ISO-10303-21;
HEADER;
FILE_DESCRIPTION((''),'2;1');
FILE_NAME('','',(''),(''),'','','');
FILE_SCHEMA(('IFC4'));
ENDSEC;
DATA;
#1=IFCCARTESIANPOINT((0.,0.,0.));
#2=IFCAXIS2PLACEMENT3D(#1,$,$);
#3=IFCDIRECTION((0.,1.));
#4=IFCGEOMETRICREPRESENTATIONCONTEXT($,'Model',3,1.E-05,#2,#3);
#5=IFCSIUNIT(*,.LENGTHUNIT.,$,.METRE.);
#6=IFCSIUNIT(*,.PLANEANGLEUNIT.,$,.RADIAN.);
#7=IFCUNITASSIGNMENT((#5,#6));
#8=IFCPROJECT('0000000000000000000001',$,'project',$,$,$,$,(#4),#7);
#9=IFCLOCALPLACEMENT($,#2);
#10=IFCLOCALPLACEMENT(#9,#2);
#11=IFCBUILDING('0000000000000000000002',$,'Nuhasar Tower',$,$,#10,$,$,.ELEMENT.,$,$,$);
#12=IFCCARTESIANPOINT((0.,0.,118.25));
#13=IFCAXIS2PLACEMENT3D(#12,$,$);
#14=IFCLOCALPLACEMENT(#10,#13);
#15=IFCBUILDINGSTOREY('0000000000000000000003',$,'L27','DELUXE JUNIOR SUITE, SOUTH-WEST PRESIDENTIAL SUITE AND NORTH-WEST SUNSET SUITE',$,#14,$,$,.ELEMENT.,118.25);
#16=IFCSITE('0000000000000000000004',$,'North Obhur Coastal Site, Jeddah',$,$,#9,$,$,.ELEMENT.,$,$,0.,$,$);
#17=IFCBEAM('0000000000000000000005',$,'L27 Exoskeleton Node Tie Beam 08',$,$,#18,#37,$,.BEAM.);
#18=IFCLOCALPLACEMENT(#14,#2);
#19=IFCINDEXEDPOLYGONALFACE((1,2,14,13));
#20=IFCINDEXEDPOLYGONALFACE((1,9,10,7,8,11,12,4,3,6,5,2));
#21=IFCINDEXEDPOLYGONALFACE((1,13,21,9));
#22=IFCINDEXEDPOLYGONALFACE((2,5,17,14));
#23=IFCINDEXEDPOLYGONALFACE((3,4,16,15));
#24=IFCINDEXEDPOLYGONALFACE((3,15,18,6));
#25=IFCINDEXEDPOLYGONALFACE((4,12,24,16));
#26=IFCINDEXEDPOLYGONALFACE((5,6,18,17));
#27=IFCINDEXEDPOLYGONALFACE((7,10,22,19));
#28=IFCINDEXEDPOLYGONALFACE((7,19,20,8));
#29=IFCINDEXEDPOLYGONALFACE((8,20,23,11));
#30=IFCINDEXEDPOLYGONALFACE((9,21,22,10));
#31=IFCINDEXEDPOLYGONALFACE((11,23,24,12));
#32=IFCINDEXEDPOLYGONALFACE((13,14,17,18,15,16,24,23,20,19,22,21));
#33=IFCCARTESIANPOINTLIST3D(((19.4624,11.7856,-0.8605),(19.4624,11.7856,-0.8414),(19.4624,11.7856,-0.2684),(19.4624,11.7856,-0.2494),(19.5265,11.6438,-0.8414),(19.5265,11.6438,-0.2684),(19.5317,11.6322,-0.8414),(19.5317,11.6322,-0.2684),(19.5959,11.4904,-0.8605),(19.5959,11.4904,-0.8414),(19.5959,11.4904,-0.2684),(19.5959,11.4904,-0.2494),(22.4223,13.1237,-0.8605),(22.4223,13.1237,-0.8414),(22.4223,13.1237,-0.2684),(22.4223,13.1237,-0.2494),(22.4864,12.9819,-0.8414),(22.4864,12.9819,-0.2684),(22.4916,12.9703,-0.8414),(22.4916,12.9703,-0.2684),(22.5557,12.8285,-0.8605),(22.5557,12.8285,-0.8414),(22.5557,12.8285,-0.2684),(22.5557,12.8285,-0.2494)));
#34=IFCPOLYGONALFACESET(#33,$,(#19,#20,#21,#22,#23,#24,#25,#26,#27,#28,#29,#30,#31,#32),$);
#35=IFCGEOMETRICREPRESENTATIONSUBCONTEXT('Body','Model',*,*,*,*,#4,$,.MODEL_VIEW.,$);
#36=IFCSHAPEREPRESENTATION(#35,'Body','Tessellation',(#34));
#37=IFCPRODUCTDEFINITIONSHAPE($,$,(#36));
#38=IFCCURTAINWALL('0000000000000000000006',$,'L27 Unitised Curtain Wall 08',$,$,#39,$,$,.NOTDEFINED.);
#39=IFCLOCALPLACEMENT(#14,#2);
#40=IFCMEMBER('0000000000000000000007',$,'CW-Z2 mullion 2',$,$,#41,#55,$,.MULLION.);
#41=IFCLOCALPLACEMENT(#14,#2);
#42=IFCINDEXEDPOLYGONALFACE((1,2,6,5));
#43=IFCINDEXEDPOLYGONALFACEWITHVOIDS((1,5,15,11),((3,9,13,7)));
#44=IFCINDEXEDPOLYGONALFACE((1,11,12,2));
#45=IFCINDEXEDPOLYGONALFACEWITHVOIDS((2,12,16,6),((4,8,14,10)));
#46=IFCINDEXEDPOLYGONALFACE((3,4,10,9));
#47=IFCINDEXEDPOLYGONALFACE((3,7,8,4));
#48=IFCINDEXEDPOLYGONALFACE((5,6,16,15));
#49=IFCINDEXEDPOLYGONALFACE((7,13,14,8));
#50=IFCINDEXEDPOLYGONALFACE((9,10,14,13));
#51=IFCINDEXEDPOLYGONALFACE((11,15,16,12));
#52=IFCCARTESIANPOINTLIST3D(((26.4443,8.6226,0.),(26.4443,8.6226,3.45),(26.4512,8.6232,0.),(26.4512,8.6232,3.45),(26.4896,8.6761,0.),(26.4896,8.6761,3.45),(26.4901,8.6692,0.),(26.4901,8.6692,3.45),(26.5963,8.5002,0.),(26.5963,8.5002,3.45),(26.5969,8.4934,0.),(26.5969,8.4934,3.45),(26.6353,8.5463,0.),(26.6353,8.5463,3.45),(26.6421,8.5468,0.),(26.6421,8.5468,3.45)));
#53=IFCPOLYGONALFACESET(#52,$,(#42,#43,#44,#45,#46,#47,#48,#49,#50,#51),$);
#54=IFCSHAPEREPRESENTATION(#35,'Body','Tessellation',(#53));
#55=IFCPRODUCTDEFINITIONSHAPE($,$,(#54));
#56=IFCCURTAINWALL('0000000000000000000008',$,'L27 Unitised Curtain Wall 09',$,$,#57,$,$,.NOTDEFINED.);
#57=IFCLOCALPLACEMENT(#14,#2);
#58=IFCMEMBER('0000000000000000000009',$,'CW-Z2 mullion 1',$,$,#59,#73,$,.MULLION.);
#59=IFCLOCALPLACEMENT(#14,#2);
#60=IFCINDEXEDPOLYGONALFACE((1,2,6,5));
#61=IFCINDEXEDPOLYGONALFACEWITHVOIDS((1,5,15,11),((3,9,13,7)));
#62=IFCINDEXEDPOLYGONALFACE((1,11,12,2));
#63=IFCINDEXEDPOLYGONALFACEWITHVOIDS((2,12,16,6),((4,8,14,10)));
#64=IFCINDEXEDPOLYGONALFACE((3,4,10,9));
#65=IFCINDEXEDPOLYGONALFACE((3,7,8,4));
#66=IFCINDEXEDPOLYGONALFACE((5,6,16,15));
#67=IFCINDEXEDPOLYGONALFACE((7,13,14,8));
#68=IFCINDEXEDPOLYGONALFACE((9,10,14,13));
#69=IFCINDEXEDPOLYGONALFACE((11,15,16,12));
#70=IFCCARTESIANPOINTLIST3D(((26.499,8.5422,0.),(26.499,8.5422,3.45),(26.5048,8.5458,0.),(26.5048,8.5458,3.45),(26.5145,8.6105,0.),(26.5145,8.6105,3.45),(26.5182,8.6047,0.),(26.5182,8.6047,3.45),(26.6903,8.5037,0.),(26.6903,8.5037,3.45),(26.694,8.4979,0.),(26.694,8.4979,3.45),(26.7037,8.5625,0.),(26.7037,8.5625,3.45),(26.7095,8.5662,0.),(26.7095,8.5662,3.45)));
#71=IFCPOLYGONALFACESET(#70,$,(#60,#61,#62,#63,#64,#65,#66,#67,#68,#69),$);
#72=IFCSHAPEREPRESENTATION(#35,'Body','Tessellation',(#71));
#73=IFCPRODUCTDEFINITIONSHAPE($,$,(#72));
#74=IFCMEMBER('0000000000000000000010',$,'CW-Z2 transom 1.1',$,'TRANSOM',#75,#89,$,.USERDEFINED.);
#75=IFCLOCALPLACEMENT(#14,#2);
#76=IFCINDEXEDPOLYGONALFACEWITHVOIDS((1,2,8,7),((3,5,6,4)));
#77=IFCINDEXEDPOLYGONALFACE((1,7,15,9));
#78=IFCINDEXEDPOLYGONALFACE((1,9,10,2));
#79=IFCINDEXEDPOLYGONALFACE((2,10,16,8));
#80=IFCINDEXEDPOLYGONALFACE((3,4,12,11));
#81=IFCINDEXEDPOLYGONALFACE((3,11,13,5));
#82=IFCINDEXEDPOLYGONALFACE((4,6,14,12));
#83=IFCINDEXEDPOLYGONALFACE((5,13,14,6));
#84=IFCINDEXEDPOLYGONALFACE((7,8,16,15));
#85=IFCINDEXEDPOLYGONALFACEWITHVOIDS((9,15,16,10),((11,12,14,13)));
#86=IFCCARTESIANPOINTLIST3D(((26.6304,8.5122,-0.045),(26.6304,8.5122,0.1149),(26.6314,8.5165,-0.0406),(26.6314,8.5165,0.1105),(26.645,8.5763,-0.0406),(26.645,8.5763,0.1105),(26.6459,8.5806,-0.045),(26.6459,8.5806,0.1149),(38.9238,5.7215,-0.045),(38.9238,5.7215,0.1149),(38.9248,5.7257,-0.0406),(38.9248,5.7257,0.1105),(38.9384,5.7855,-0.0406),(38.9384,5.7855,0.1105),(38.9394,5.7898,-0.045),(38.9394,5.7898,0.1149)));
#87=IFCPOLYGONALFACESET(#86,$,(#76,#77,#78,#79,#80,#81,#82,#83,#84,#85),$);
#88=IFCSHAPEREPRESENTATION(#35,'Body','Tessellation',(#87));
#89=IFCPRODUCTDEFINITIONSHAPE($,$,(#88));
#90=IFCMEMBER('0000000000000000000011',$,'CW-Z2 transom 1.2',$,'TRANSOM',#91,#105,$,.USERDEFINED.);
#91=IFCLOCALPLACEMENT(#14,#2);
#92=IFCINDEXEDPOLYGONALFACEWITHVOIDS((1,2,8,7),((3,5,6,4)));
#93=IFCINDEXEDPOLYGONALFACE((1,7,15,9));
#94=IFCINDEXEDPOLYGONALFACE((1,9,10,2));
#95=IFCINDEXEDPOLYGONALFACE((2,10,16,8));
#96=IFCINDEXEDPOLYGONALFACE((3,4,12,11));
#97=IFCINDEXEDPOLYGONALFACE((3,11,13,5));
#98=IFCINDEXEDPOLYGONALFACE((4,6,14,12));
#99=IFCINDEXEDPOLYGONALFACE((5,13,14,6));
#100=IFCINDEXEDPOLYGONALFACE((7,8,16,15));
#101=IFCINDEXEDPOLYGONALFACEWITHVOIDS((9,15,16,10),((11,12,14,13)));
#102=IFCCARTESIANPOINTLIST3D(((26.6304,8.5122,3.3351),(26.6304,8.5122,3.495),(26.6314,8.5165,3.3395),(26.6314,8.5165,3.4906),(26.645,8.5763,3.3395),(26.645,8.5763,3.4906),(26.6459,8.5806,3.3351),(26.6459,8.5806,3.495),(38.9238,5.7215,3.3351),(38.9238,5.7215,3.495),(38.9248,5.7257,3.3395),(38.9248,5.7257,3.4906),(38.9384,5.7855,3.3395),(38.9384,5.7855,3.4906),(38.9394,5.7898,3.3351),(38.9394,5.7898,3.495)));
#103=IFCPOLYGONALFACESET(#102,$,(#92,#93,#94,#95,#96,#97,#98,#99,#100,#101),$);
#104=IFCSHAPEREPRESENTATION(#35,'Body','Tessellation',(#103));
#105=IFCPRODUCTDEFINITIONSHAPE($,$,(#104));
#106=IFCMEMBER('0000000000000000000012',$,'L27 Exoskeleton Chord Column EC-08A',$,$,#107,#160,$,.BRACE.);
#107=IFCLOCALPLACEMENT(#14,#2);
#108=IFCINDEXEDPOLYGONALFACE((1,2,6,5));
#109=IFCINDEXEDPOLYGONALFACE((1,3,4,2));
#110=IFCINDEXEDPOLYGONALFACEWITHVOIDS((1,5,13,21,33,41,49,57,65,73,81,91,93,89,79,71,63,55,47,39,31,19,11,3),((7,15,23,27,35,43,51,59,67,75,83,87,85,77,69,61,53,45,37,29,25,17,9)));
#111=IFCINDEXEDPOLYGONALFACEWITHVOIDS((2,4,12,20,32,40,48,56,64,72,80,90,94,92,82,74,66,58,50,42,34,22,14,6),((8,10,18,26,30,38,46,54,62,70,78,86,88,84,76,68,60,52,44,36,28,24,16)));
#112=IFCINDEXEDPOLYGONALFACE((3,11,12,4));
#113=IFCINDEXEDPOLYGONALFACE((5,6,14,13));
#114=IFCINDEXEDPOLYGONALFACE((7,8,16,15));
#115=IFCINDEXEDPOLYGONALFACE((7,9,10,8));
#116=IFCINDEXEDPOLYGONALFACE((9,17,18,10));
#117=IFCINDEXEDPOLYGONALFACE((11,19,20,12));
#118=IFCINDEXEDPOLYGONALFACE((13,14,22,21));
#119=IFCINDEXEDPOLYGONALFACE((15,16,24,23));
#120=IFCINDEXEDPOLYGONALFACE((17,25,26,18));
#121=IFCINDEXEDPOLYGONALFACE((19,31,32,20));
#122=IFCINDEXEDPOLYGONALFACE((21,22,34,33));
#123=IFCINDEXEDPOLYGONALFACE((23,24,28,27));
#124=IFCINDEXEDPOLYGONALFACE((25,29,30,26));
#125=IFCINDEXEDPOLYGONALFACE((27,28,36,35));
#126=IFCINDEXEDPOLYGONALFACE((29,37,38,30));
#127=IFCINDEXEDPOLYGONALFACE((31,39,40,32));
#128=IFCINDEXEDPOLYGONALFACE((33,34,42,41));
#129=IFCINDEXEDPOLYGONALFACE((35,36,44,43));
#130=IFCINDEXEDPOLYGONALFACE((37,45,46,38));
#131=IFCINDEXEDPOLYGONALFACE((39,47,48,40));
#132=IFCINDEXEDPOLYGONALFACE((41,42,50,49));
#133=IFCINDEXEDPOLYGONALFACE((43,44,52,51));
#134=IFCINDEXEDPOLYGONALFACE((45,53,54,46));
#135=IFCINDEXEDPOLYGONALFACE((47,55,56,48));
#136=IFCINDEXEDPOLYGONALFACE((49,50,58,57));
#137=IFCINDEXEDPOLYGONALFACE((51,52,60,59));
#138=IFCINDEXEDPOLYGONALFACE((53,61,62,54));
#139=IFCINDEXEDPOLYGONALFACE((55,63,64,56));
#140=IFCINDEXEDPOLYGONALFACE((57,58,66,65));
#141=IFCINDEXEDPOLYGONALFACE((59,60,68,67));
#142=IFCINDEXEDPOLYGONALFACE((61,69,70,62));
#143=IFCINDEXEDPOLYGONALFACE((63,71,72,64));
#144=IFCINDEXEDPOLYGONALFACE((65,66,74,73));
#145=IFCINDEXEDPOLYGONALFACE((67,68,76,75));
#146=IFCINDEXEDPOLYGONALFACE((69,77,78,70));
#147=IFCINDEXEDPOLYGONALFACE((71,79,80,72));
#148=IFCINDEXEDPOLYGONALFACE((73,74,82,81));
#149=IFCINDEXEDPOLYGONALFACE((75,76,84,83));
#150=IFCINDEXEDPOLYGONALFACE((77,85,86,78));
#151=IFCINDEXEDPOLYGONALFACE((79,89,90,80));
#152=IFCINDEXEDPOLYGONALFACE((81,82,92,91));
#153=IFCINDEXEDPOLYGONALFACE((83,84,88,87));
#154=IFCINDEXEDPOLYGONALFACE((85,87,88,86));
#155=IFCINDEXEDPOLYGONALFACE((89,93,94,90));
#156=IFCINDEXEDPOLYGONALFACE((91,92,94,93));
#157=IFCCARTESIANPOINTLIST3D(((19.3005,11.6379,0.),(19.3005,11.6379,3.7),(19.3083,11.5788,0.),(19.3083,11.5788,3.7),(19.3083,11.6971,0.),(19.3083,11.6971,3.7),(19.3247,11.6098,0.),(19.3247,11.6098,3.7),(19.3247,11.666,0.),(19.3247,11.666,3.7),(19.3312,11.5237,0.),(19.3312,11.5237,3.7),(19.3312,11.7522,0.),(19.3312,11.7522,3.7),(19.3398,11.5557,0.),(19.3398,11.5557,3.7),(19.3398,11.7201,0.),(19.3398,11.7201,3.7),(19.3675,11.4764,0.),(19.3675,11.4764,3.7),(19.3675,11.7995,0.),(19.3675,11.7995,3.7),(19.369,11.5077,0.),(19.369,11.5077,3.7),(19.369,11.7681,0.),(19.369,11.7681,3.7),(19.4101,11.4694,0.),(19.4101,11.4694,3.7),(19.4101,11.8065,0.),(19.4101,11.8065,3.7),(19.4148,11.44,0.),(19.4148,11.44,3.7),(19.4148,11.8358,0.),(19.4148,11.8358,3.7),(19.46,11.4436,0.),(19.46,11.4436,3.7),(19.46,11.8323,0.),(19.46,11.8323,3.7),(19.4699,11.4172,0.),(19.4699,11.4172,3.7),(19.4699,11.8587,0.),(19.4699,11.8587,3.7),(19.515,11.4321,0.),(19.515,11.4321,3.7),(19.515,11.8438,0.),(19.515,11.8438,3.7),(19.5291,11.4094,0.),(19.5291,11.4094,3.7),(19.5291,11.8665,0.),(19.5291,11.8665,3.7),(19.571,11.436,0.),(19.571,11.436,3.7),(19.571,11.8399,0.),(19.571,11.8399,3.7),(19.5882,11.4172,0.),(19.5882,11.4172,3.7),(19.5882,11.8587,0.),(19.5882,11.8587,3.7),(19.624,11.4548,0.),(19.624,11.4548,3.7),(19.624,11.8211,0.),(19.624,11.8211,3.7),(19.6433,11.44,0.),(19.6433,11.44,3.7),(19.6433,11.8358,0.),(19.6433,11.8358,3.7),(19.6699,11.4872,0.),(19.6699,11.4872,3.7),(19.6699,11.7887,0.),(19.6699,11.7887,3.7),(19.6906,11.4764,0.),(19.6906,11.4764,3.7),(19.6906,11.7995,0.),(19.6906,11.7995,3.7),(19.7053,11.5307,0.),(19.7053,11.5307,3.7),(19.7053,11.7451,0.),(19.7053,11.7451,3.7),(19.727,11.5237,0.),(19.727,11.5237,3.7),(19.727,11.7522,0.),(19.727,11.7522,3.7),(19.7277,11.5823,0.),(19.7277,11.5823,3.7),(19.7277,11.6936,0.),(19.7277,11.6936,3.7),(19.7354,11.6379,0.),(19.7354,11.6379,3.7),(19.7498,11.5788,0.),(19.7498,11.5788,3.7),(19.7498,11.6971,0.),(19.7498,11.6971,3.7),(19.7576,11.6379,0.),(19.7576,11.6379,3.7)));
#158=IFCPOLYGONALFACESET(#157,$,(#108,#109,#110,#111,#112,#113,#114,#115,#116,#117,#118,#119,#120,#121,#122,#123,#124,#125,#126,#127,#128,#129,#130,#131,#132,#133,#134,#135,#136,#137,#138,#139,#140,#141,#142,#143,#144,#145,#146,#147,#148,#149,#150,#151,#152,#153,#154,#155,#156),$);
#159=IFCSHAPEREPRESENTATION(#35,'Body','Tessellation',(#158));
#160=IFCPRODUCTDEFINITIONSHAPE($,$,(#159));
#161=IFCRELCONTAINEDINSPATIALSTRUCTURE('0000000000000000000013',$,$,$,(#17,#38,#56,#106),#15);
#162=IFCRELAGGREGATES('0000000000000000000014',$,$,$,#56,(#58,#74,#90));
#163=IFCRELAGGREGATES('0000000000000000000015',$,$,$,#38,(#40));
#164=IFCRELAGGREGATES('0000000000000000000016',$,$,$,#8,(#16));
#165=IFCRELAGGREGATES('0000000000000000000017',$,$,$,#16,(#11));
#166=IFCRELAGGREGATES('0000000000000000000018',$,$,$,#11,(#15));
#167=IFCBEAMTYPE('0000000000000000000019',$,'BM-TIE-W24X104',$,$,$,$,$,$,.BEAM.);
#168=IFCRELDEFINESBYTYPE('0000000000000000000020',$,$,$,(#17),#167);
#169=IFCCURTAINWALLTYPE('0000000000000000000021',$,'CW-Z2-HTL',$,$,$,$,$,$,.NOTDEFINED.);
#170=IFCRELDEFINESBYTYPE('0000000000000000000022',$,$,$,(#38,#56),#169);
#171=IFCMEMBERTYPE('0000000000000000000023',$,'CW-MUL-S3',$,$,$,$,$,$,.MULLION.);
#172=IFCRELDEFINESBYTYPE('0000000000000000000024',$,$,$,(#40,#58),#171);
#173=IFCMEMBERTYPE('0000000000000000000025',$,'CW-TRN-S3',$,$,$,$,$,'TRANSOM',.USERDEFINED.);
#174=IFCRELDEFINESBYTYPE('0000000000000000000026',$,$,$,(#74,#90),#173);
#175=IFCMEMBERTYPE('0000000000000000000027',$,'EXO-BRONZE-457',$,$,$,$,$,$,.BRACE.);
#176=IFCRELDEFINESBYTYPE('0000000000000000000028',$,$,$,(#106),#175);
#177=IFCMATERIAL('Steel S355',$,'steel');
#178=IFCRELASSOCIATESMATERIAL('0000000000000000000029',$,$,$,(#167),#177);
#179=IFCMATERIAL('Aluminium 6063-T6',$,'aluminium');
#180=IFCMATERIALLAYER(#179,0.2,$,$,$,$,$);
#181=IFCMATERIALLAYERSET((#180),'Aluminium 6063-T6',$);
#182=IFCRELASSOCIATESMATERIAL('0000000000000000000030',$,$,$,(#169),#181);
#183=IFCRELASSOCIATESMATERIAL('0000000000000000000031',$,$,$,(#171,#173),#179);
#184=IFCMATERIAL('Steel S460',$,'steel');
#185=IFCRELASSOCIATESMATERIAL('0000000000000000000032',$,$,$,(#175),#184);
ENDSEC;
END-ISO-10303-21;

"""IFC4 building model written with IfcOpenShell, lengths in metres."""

from ifc_helpers import new_model, si_unit, direction, frame, origin, origin_2d, place, context, subcontext, project, spatial, hollow_rectangle, hollow_circle, i_section, extrude, material, layer, layer_set, material_profile, profile_set, type_object, element, aggregate, save


model = new_model("IFC4")

# Units and contexts
model_context = context("Model", 3, precision=1e-05, world=origin(), true_north=direction((0.0, 1.0)))
body_context = subcontext(model_context, "Body", "Model", "MODEL_VIEW")
ifc_project = project(units=[si_unit("LENGTHUNIT", "METRE"), si_unit("PLANEANGLEUNIT", "RADIAN")], contexts=[model_context])

# Site, building, storey
site_placement = place(None, origin())
site = spatial("IfcSite", under=ifc_project, at=site_placement, Name="North Obhur Coastal Site, Jeddah", CompositionType="ELEMENT", RefElevation=0.0)
building_placement = place(site_placement, origin())
building = spatial("IfcBuilding", under=site, at=building_placement, Name="Nuhasar Tower", CompositionType="ELEMENT")
storey_placement = place(building_placement, frame((0.0, 0.0, 118.25)))
storey = spatial("IfcBuildingStorey", under=building, at=storey_placement, Name="L27", Description="DELUXE JUNIOR SUITE, SOUTH-WEST PRESIDENTIAL SUITE AND NORTH-WEST SUNSET SUITE", CompositionType="ELEMENT", Elevation=118.25)

# Beam
ifc_material_1 = material(Name="Steel S355", Category="steel")
ifc_material_profile_1 = material_profile(ifc_material_1, i_section(OverallWidth=0.324, OverallDepth=0.6111, WebThickness=0.0127, FlangeThickness=0.019, at=origin_2d()), Name="W24X104")
ifc_profile_set_1 = profile_set([ifc_material_profile_1], Name="Steel S355")
beam_type_1 = type_object("IfcBeamType", Name="BM-TIE-W24X104", PredefinedType="BEAM", material=ifc_profile_set_1)
beam_1_placement = place(storey_placement, frame((22.489, 12.9761, -0.5549), z_axis=(-0.911211, -0.411939, 0.0), x_axis=(0.411939, -0.911211, 0.0)))
element("IfcBeam", 1, at=beam_1_placement, inside=storey, type_object=beam_type_1, Name="L27 Exoskeleton Node Tie Beam 08", PredefinedType="BEAM", context=body_context, shape_type="SweptSolid", body=[
    extrude(i_section(OverallWidth=0.324, OverallDepth=0.6111, WebThickness=0.0127, FlangeThickness=0.019, at=origin_2d()), origin(), (0.0, 0.0, 1.0), 3.2483),
])

# Curtain wall, member
ifc_material_2 = material(Name="Aluminium 6063-T6", Category="aluminium")
ifc_layer_1 = layer(ifc_material_2, 0.2)
ifc_layer_set_1 = layer_set([ifc_layer_1], Name="Aluminium 6063-T6")
curtain_wall_type = type_object("IfcCurtainWallType", Name="CW-Z2-HTL", PredefinedType="NOTDEFINED", material=ifc_layer_set_1)
curtain_wall_1_placement = place(storey_placement, origin())
curtain_wall_1 = element("IfcCurtainWall", 2, at=curtain_wall_1_placement, inside=storey, type_object=curtain_wall_type, Name="L27 Unitised Curtain Wall 08", PredefinedType="NOTDEFINED")
ifc_material_profile_2 = material_profile(ifc_material_2, hollow_rectangle(XDim=0.0701, YDim=0.2, WallThickness=0.0049, at=origin_2d()), Name="CWM-3")
ifc_profile_set_2 = profile_set([ifc_material_profile_2], Name="Aluminium 6063-T6")
member_type_1 = type_object("IfcMemberType", Name="CW-MUL-S3", PredefinedType="MULLION", material=ifc_profile_set_2)
member_1_placement = place(storey_placement, frame((26.5432, 8.5847, 0.0), z_axis=(0.0, 0.0, 1.0), x_axis=(0.646374, 0.76302, 0.0)))
member_1 = element("IfcMember", 3, at=member_1_placement, type_object=member_type_1, Name="CW-Z2 mullion 2", PredefinedType="MULLION", context=body_context, shape_type="SweptSolid", body=[
    extrude(hollow_rectangle(XDim=0.0701, YDim=0.2, WallThickness=0.0049, at=origin_2d()), origin(), (0.0, 0.0, 1.0), 3.45),
])

# Curtain wall, members
curtain_wall_2_placement = place(storey_placement, origin())
curtain_wall_2 = element("IfcCurtainWall", 4, at=curtain_wall_2_placement, inside=storey, type_object=curtain_wall_type, Name="L27 Unitised Curtain Wall 09", PredefinedType="NOTDEFINED")
member_2_placement = place(storey_placement, frame((26.6042, 8.5542, 0.0), z_axis=(0.0, 0.0, 1.0), x_axis=(0.221397, 0.975184, 0.0)))
member_2 = element("IfcMember", 5, at=member_2_placement, type_object=member_type_1, Name="CW-Z2 mullion 1", PredefinedType="MULLION", context=body_context, shape_type="SweptSolid", body=[
    extrude(hollow_rectangle(XDim=0.0701, YDim=0.2, WallThickness=0.0049, at=origin_2d()), origin(), (0.0, 0.0, 1.0), 3.45),
])
ifc_material_profile_3 = material_profile(ifc_material_2, hollow_rectangle(XDim=0.0701, YDim=0.1599, WallThickness=0.0044, at=origin_2d()), Name="CWT-3")
ifc_profile_set_3 = profile_set([ifc_material_profile_3], Name="Aluminium 6063-T6")
member_type_2 = type_object("IfcMemberType", Name="CW-TRN-S3", ElementType="TRANSOM", PredefinedType="USERDEFINED", material=ifc_profile_set_3)
member_3_placement = place(storey_placement, frame((26.6382, 8.5464, 0.0349), z_axis=(0.975188, -0.22138, 0.0), x_axis=(0.22138, 0.975188, 0.0)))
member_3 = element("IfcMember", 6, at=member_3_placement, type_object=member_type_2, Name="CW-Z2 transom 1.1", ObjectType="TRANSOM", PredefinedType="USERDEFINED", context=body_context, shape_type="SweptSolid", body=[
    extrude(hollow_rectangle(XDim=0.0701, YDim=0.1599, WallThickness=0.0044, at=origin_2d()), origin(), (0.0, 0.0, 1.0), 12.6062),
])
member_4_placement = place(storey_placement, frame((26.6382, 8.5464, 3.415), z_axis=(0.975188, -0.22138, 0.0), x_axis=(0.22138, 0.975188, 0.0)))
member_4 = element("IfcMember", 7, at=member_4_placement, type_object=member_type_2, Name="CW-Z2 transom 1.2", ObjectType="TRANSOM", PredefinedType="USERDEFINED", context=body_context, shape_type="SweptSolid", body=[
    extrude(hollow_rectangle(XDim=0.0701, YDim=0.1599, WallThickness=0.0044, at=origin_2d()), origin(), (0.0, 0.0, 1.0), 12.6062),
])
aggregate(curtain_wall_2, [member_2, member_3, member_4])

# Member
ifc_material_3 = material(Name="Steel S460", Category="steel")
ifc_material_profile_4 = material_profile(ifc_material_3, hollow_circle(Radius=0.2285, WallThickness=0.0222, at=origin_2d()), Name="HSS457X22.2")
ifc_profile_set_4 = profile_set([ifc_material_profile_4], Name="Steel S460")
member_type_3 = type_object("IfcMemberType", Name="EXO-BRONZE-457", PredefinedType="BRACE", material=ifc_profile_set_4)
for number, where, z_axis, x_axis, name in (
    (8, (19.5291, 11.6379, 0.0), (0.0, 0.0, 1.0), (1.0, 0.0, 0.0), "L27 Exoskeleton Chord Column EC-08A"),
):
    element("IfcMember", number, at=place(storey_placement, frame(where, z_axis=z_axis, x_axis=x_axis)), inside=storey, type_object=member_type_3, Name=name, PredefinedType="BRACE", context=body_context, shape_type="SweptSolid", body=[
        extrude(hollow_circle(Radius=0.2285, WallThickness=0.0222, at=origin_2d()), origin(), (0.0, 0.0, 1.0), 3.7),
    ])

aggregate(curtain_wall_1, [member_1])

save(model, "model.ifc")
